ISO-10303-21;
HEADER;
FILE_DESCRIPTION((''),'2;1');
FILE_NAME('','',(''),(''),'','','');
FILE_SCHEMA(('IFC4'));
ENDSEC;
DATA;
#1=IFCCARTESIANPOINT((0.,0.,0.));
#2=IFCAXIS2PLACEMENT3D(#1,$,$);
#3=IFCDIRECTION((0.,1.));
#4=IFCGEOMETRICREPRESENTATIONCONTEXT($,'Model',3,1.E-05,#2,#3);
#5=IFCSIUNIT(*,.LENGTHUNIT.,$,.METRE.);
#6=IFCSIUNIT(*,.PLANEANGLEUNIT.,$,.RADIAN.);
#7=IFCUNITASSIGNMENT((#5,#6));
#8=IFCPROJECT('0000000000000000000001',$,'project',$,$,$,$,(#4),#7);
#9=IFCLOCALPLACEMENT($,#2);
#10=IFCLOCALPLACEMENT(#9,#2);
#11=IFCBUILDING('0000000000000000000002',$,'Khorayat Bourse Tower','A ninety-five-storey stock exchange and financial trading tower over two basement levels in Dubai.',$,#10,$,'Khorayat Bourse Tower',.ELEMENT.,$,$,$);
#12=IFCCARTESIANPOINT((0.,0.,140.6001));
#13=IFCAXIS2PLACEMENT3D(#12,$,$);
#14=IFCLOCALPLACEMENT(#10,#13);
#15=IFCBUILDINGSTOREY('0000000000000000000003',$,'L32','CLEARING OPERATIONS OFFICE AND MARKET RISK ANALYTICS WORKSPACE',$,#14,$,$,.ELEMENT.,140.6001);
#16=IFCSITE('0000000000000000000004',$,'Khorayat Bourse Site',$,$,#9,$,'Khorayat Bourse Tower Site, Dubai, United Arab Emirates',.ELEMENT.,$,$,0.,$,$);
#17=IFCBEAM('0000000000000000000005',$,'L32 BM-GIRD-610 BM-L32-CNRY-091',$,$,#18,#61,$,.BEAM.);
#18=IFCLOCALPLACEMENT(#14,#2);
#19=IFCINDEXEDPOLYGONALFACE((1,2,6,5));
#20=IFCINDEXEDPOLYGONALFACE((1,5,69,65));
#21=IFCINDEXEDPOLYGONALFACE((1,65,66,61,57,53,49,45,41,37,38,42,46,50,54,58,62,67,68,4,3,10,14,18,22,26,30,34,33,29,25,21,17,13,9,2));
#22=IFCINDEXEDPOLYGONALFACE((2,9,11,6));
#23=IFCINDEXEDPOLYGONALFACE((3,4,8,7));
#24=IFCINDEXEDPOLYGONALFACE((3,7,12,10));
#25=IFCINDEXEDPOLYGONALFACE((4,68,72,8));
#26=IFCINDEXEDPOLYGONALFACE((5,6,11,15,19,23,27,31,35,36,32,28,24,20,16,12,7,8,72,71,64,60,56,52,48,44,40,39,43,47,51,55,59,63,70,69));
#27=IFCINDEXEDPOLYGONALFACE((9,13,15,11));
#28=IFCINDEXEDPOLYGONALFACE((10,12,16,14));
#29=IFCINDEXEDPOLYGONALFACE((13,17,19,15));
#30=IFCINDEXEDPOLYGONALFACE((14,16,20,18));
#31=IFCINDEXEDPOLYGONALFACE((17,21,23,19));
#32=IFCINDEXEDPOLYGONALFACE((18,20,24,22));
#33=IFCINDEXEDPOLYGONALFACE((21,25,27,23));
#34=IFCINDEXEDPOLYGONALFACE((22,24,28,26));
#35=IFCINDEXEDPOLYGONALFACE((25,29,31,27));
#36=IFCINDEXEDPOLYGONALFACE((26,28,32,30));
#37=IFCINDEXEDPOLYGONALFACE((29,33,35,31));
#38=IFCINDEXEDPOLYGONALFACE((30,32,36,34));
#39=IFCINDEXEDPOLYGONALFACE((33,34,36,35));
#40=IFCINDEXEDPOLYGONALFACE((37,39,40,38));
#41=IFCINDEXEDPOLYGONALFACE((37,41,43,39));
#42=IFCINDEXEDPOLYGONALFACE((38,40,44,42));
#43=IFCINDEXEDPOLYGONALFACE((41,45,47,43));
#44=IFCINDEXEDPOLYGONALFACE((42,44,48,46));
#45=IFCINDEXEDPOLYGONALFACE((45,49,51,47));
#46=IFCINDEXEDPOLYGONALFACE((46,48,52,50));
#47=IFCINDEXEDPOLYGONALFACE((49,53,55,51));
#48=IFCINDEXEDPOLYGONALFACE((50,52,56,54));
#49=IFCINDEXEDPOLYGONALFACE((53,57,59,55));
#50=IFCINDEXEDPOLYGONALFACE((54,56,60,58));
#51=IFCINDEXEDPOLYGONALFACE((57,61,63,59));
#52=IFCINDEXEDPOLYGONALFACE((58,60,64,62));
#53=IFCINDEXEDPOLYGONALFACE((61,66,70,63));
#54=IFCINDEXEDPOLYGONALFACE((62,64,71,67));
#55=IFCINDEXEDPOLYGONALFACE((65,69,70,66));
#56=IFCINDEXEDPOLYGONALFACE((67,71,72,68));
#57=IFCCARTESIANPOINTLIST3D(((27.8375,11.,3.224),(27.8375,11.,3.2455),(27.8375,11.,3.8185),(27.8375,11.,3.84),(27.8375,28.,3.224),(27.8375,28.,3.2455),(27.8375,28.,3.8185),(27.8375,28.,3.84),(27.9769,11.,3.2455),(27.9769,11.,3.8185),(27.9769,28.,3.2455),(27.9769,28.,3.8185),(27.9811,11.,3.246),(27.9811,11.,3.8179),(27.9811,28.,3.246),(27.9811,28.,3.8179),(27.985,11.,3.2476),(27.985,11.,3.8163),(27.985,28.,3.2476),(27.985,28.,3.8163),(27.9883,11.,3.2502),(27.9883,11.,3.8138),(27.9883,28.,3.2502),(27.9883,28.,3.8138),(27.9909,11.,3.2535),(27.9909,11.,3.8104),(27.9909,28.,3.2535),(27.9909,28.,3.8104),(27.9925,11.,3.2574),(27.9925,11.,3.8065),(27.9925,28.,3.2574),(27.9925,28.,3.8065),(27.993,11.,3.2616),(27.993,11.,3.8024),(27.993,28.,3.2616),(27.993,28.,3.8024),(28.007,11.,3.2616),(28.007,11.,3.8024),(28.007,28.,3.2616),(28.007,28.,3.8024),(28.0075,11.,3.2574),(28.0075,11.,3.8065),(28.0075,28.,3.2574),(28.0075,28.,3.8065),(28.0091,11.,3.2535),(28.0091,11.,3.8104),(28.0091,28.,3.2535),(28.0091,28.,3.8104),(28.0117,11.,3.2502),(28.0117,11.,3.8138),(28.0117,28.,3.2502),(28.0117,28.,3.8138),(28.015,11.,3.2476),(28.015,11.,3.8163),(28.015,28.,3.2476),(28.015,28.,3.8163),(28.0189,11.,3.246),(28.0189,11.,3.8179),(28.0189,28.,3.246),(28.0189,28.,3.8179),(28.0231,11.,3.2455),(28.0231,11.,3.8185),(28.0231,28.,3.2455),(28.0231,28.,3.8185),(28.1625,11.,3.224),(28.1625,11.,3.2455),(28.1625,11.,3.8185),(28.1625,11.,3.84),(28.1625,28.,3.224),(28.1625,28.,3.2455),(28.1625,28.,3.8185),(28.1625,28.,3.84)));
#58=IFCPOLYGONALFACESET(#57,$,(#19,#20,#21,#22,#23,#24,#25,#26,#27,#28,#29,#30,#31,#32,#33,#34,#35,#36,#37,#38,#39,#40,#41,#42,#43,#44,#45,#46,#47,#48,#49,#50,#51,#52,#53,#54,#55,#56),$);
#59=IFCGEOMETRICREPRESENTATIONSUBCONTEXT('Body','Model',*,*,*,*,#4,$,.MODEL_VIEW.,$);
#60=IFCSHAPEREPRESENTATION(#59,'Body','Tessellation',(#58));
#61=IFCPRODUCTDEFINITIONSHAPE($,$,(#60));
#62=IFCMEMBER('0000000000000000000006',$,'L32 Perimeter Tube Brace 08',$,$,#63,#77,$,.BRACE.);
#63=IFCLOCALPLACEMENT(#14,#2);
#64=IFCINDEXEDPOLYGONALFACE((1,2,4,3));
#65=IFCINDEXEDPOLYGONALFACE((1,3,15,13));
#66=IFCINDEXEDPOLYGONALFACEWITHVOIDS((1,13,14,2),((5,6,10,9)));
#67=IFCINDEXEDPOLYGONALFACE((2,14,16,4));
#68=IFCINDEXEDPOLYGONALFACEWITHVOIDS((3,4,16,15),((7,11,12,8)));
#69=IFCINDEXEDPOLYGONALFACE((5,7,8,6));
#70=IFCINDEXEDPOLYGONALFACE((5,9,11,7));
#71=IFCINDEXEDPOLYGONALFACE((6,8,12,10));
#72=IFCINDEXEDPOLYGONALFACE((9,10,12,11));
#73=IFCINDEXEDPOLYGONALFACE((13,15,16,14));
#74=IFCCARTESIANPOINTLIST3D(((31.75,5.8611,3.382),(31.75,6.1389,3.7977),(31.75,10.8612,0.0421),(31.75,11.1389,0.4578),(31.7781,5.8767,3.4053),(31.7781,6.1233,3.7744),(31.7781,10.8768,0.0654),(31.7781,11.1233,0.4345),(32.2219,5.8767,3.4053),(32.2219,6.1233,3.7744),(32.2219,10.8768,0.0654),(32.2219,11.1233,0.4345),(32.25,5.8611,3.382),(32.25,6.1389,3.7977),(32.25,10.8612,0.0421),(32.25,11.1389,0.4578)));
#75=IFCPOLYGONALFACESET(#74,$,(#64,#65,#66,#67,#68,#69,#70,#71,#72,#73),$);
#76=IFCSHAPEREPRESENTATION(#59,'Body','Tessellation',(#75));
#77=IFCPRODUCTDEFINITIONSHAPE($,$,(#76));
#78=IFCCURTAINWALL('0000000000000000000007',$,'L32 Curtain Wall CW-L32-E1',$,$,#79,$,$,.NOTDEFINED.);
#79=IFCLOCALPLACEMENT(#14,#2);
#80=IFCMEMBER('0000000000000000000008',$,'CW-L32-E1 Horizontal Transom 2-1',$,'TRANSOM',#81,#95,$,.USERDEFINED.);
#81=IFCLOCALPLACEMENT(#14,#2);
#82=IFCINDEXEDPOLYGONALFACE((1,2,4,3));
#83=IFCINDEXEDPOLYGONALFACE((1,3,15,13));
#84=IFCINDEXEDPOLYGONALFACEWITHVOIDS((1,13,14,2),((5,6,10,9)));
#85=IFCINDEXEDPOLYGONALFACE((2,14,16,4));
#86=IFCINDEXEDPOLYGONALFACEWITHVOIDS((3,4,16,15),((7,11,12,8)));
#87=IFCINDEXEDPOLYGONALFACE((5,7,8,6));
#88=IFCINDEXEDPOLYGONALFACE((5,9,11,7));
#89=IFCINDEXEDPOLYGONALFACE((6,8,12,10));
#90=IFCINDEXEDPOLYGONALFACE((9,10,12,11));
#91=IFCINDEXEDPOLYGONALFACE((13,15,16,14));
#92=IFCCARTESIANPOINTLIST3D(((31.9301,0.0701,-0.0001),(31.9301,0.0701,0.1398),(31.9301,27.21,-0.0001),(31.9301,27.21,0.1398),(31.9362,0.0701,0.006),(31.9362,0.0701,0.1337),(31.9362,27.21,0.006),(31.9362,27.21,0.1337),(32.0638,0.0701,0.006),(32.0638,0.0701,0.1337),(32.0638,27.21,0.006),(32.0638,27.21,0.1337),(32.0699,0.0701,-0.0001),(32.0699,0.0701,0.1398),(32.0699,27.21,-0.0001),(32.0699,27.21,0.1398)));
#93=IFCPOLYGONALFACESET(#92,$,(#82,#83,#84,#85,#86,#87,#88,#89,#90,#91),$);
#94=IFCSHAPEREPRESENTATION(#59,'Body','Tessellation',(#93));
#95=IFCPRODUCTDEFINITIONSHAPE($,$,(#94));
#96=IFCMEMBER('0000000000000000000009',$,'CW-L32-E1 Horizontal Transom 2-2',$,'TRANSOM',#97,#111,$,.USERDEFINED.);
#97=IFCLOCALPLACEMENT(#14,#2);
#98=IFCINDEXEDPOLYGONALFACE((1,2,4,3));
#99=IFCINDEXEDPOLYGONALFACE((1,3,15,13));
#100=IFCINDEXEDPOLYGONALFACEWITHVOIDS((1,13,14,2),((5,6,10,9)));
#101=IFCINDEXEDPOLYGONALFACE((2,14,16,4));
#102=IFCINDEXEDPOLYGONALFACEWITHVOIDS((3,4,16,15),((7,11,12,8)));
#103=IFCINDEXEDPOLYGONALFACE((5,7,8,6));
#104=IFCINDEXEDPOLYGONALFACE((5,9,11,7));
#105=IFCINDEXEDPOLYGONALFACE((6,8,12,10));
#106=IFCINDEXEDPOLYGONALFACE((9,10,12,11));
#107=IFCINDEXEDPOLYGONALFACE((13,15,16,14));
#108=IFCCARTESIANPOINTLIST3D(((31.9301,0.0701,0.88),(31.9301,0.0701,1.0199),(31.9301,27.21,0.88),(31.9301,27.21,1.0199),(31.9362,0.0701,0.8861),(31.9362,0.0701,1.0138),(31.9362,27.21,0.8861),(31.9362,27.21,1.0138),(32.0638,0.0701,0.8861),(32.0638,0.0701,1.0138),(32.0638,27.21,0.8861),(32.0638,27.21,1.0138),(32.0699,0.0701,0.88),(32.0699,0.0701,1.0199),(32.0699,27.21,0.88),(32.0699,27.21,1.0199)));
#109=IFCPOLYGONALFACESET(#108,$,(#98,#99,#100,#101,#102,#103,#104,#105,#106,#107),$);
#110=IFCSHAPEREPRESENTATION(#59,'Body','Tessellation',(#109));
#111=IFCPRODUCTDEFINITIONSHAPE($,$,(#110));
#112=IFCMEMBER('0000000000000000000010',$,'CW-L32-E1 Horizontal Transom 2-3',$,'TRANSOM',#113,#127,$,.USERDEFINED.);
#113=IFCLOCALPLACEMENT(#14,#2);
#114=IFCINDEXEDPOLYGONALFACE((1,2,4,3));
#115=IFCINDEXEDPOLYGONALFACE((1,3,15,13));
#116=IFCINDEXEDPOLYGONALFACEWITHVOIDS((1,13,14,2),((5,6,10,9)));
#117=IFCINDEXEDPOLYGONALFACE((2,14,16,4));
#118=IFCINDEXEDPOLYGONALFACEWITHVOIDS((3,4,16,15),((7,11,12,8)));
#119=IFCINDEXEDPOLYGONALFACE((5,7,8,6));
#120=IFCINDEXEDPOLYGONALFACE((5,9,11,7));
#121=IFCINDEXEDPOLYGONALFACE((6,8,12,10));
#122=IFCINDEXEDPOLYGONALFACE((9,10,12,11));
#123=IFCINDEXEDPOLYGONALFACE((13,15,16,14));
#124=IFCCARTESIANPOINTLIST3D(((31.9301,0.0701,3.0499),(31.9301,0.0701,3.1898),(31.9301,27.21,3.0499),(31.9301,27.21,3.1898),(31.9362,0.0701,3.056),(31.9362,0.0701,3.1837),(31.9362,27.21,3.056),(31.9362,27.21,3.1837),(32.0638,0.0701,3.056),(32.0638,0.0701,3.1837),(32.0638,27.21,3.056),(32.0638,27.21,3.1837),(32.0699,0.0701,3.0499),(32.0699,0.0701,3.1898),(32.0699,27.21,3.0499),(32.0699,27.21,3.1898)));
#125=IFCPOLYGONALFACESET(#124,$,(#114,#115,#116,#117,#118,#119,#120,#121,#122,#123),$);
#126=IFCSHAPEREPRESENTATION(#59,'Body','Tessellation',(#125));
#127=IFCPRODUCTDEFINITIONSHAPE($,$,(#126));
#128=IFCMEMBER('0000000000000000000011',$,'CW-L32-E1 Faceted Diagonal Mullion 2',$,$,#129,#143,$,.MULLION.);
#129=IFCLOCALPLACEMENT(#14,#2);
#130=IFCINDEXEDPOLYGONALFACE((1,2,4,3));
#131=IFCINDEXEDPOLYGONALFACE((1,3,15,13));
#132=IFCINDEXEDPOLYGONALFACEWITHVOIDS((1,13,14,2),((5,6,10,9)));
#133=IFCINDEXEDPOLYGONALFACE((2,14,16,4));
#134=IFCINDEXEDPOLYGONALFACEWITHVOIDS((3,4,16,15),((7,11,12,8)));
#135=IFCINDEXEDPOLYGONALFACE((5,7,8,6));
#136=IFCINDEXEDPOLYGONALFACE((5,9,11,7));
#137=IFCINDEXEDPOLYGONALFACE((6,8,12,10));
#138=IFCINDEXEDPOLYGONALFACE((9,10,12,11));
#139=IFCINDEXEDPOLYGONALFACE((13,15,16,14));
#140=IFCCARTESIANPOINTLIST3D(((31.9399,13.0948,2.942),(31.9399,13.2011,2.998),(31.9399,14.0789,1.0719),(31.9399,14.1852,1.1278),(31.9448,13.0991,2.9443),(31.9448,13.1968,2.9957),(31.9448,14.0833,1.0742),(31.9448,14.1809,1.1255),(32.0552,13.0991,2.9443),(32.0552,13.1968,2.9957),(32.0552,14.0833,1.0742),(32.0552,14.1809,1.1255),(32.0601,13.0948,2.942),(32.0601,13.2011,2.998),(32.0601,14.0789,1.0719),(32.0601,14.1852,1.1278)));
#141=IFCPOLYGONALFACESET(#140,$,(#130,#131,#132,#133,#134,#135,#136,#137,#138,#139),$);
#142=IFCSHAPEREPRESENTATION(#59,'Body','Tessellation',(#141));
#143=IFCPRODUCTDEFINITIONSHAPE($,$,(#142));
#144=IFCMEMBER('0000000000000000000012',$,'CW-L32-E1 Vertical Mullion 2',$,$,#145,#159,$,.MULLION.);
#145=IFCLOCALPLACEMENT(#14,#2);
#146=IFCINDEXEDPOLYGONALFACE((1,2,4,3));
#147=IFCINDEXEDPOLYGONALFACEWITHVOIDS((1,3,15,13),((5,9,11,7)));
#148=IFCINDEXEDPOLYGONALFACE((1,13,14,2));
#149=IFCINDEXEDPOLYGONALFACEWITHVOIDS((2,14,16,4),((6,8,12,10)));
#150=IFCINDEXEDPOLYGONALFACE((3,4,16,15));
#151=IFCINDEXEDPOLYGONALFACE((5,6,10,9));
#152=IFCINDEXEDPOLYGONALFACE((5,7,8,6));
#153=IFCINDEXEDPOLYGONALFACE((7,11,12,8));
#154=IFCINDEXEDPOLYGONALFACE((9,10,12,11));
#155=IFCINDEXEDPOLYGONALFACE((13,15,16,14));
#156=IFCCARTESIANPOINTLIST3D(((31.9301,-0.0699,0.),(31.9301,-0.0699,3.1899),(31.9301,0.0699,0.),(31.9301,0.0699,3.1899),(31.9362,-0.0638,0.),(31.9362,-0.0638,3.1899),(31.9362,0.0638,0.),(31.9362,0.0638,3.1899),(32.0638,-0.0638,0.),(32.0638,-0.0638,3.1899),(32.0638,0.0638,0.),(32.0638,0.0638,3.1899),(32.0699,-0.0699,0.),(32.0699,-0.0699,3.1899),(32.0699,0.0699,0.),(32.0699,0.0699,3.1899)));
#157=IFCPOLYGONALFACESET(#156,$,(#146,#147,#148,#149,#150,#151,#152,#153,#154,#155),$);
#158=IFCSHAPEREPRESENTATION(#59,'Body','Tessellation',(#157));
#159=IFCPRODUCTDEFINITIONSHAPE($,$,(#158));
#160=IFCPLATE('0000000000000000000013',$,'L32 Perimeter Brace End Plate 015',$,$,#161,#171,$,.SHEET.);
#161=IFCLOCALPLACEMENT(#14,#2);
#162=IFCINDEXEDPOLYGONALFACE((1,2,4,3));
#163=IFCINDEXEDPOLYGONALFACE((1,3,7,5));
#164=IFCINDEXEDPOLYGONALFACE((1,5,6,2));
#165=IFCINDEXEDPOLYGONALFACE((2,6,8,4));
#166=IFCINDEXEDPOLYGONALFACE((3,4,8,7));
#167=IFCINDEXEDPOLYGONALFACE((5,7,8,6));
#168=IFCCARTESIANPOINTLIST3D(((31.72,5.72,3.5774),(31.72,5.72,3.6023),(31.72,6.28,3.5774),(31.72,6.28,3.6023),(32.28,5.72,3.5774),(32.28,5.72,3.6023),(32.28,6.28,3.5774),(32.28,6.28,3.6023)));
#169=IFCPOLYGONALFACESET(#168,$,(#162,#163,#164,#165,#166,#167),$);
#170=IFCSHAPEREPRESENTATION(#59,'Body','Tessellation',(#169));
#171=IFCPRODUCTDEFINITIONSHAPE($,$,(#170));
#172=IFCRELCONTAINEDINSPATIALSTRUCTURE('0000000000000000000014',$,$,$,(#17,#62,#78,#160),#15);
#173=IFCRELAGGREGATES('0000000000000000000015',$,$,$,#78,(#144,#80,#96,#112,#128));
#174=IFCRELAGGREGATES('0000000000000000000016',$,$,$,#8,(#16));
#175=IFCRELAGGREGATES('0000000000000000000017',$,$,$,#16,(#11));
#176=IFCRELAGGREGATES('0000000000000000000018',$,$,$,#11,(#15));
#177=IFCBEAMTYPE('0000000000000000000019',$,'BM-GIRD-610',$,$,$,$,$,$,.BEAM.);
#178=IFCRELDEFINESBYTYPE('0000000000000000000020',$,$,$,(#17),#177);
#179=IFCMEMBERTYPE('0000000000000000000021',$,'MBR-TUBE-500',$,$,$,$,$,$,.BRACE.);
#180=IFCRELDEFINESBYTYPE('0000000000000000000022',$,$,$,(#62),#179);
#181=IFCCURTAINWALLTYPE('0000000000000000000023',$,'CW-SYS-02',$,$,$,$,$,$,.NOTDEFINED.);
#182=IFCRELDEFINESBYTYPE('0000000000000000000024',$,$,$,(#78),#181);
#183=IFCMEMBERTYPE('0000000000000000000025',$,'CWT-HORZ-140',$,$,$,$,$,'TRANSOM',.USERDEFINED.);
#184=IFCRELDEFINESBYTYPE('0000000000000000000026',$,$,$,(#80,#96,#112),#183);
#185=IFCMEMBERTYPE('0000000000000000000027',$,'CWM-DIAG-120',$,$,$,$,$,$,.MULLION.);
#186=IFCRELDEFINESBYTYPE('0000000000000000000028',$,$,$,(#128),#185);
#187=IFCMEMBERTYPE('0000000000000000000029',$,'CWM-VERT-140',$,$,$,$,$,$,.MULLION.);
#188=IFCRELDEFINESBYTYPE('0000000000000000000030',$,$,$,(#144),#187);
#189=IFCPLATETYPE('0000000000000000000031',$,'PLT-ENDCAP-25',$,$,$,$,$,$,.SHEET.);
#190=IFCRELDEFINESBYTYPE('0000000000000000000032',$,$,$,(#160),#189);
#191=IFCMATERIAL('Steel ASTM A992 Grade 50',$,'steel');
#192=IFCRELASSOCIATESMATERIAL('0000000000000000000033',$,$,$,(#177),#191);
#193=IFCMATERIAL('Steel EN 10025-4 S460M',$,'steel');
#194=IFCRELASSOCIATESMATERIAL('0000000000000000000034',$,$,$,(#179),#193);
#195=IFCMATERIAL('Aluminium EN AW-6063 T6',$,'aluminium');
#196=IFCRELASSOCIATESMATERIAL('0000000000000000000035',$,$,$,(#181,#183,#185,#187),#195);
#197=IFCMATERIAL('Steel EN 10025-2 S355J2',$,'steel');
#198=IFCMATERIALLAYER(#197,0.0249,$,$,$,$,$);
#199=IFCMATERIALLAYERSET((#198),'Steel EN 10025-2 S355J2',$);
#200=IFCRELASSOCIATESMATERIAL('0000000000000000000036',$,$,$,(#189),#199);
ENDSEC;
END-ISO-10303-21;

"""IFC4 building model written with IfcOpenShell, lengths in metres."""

from ifc_helpers import new_model, si_unit, direction, frame, origin, origin_2d, place, context, subcontext, project, spatial, rectangle, hollow_rectangle, i_section, extrude, source, transform, mapped, material, layer, layer_set, material_profile, profile_set, type_object, element, aggregate, save


model = new_model("IFC4")

# Units and contexts
model_context = context("Model", 3, precision=1e-05, world=origin(), true_north=direction((0.0, 1.0)))
body_context = subcontext(model_context, "Body", "Model", "MODEL_VIEW")
ifc_project = project(units=[si_unit("LENGTHUNIT", "METRE"), si_unit("PLANEANGLEUNIT", "RADIAN")], contexts=[model_context])

# Site, building, storey
site_placement = place(None, origin())
site = spatial("IfcSite", under=ifc_project, at=site_placement, Name="Khorayat Bourse Site", LongName="Khorayat Bourse Tower Site, Dubai, United Arab Emirates", CompositionType="ELEMENT", RefElevation=0.0)
building_placement = place(site_placement, origin())
building = spatial("IfcBuilding", under=site, at=building_placement, Name="Khorayat Bourse Tower", Description="A ninety-five-storey stock exchange and financial trading tower over two basement levels in Dubai.", LongName="Khorayat Bourse Tower", CompositionType="ELEMENT")
storey_placement = place(building_placement, frame((0.0, 0.0, 140.6001)))
storey = spatial("IfcBuildingStorey", under=building, at=storey_placement, Name="L32", Description="CLEARING OPERATIONS OFFICE AND MARKET RISK ANALYTICS WORKSPACE", CompositionType="ELEMENT", Elevation=140.6001)

# Shared definitions
ifc_material_1 = material(Name="Steel EN 10025-4 S460M", Category="steel")

# Beam
ifc_material_2 = material(Name="Steel ASTM A992 Grade 50", Category="steel")
ifc_material_profile_1 = material_profile(ifc_material_2, i_section(OverallWidth=0.325, OverallDepth=0.616, WebThickness=0.0139, FlangeThickness=0.0215, FilletRadius=0.0161, at=origin_2d()), Name="W610X174")
ifc_profile_set_1 = profile_set([ifc_material_profile_1], Name="Steel ASTM A992 Grade 50")
beam_type_1 = type_object("IfcBeamType", Name="BM-GIRD-610", PredefinedType="BEAM", material=ifc_profile_set_1)
shared_shape_1 = source(origin(), body_context, "Body", "SweptSolid", [
    extrude(i_section(OverallWidth=0.325, OverallDepth=0.616, WebThickness=0.0139, FlangeThickness=0.0215, FilletRadius=0.0161, at=origin_2d()), origin(), (0.0, 0.0, 1.0), 17.0),
])
beam_1_placement = place(storey_placement, frame((28.0, 11.0, 3.532), z_axis=(0.0, 1.0, 0.0), x_axis=(-1.0, 0.0, 0.0)))
element("IfcBeam", 1, at=beam_1_placement, inside=storey, type_object=beam_type_1, Name="L32 BM-GIRD-610 BM-L32-CNRY-091", PredefinedType="BEAM", context=body_context, shape_type="MappedRepresentation", body=[
    mapped(shared_shape_1, transform((0.0, 0.0, 0.0), scale=1.0)),
])

# Member
ifc_material_profile_2 = material_profile(ifc_material_1, hollow_rectangle(XDim=0.5, YDim=0.5, WallThickness=0.0281, at=origin_2d()), Name="HSS 500x500x28")
ifc_profile_set_2 = profile_set([ifc_material_profile_2], Name="Steel EN 10025-4 S460M")
member_type_1 = type_object("IfcMemberType", Name="MBR-TUBE-500", PredefinedType="BRACE", material=ifc_profile_set_2)
shared_shape_2 = source(origin(), body_context, "Body", "SweptSolid", [
    extrude(hollow_rectangle(XDim=0.5, YDim=0.5, WallThickness=0.0281, at=origin_2d()), origin(), (0.0, 0.0, 1.0), 6.0129),
])
member_1_placement = place(storey_placement, frame((32.0, 6.0, 3.5898), z_axis=(0.0, 0.83155, -0.55545), x_axis=(-1.0, 0.0, 0.0)))
element("IfcMember", 2, at=member_1_placement, inside=storey, type_object=member_type_1, Name="L32 Perimeter Tube Brace 08", PredefinedType="BRACE", context=body_context, shape_type="MappedRepresentation", body=[
    mapped(shared_shape_2, transform((0.0, 0.0, 0.0), scale=1.0)),
])

# Curtain wall, members
ifc_material_3 = material(Name="Aluminium EN AW-6063 T6", Category="aluminium")
curtain_wall_type = type_object("IfcCurtainWallType", Name="CW-SYS-02", PredefinedType="NOTDEFINED", material=ifc_material_3)
curtain_wall_placement = place(storey_placement, origin())
curtain_wall = element("IfcCurtainWall", 3, at=curtain_wall_placement, inside=storey, type_object=curtain_wall_type, Name="L32 Curtain Wall CW-L32-E1", PredefinedType="NOTDEFINED")
ifc_material_profile_3 = material_profile(ifc_material_3, hollow_rectangle(XDim=0.1399, YDim=0.1399, WallThickness=0.0061, at=origin_2d()), Name="ALU 140x140x6")
ifc_profile_set_3 = profile_set([ifc_material_profile_3], Name="Aluminium EN AW-6063 T6")
member_type_2 = type_object("IfcMemberType", Name="CWT-HORZ-140", ElementType="TRANSOM", PredefinedType="USERDEFINED", material=ifc_profile_set_3)
shared_shape_3 = source(origin(), body_context, "Body", "SweptSolid", [
    extrude(hollow_rectangle(XDim=0.1399, YDim=0.1399, WallThickness=0.0061, at=origin_2d()), origin(), (0.0, 0.0, 1.0), 27.1399),
])
member_2_placement = place(storey_placement, frame((32.0, 0.0701, 0.0698), z_axis=(0.0, 1.0, 0.0), x_axis=(-1.0, 0.0, 0.0)))
member_2 = element("IfcMember", 4, at=member_2_placement, type_object=member_type_2, Name="CW-L32-E1 Horizontal Transom 2-1", ObjectType="TRANSOM", PredefinedType="USERDEFINED", context=body_context, shape_type="MappedRepresentation", body=[
    mapped(shared_shape_3, transform((0.0, 0.0, 0.0), scale=1.0)),
])
member_3_placement = place(storey_placement, frame((32.0, 0.0701, 0.95), z_axis=(0.0, 1.0, 0.0), x_axis=(-1.0, 0.0, 0.0)))
member_3 = element("IfcMember", 5, at=member_3_placement, type_object=member_type_2, Name="CW-L32-E1 Horizontal Transom 2-2", ObjectType="TRANSOM", PredefinedType="USERDEFINED", context=body_context, shape_type="MappedRepresentation", body=[
    mapped(shared_shape_3, transform((0.0, 0.0, 0.0), scale=1.0)),
])
member_4_placement = place(storey_placement, frame((32.0, 0.0701, 3.1199), z_axis=(0.0, 1.0, 0.0), x_axis=(-1.0, 0.0, 0.0)))
member_4 = element("IfcMember", 6, at=member_4_placement, type_object=member_type_2, Name="CW-L32-E1 Horizontal Transom 2-3", ObjectType="TRANSOM", PredefinedType="USERDEFINED", context=body_context, shape_type="MappedRepresentation", body=[
    mapped(shared_shape_3, transform((0.0, 0.0, 0.0), scale=1.0)),
])
ifc_material_profile_4 = material_profile(ifc_material_3, hollow_rectangle(XDim=0.1201, YDim=0.1201, WallThickness=0.0049, at=origin_2d()), Name="ALU 120x120x5")
ifc_profile_set_4 = profile_set([ifc_material_profile_4], Name="Aluminium EN AW-6063 T6")
member_type_3 = type_object("IfcMemberType", Name="CWM-DIAG-120", PredefinedType="MULLION", material=ifc_profile_set_4)
shared_shape_4 = source(origin(), body_context, "Body", "SweptSolid", [
    extrude(hollow_rectangle(XDim=0.1201, YDim=0.1201, WallThickness=0.0049, at=origin_2d()), origin(), (0.0, 0.0, 1.0), 2.1133),
])
member_5_placement = place(storey_placement, frame((32.0, 14.1321, 1.0999), z_axis=(0.0, -0.465694, 0.884946), x_axis=(1.0, 0.0, 0.0)))
member_5 = element("IfcMember", 7, at=member_5_placement, type_object=member_type_3, Name="CW-L32-E1 Faceted Diagonal Mullion 2", PredefinedType="MULLION", context=body_context, shape_type="MappedRepresentation", body=[
    mapped(shared_shape_4, transform((0.0, 0.0, 0.0), scale=1.0)),
])
ifc_material_profile_5 = material_profile(ifc_material_3, hollow_rectangle(XDim=0.1399, YDim=0.1399, WallThickness=0.0061, at=origin_2d()), Name="ALU 140x140x6")
ifc_profile_set_5 = profile_set([ifc_material_profile_5], Name="Aluminium EN AW-6063 T6")
member_type_4 = type_object("IfcMemberType", Name="CWM-VERT-140", PredefinedType="MULLION", material=ifc_profile_set_5)
shared_shape_5 = source(origin(), body_context, "Body", "SweptSolid", [
    extrude(hollow_rectangle(XDim=0.1399, YDim=0.1399, WallThickness=0.0061, at=origin_2d()), origin(), (0.0, 0.0, 1.0), 3.1899),
])
member_6_placement = place(storey_placement, frame((32.0, 0.0, 0.0), z_axis=(0.0, 0.0, 1.0), x_axis=(-1.0, 0.0, 0.0)))
member_6 = element("IfcMember", 8, at=member_6_placement, type_object=member_type_4, Name="CW-L32-E1 Vertical Mullion 2", PredefinedType="MULLION", context=body_context, shape_type="MappedRepresentation", body=[
    mapped(shared_shape_5, transform((0.0, 0.0, 0.0), scale=1.0)),
])

# Plate
ifc_material_4 = material(Name="Steel EN 10025-2 S355J2", Category="steel")
ifc_layer_1 = layer(ifc_material_4, 0.0249)
ifc_layer_set_1 = layer_set([ifc_layer_1], Name="Steel EN 10025-2 S355J2")
plate_type_1 = type_object("IfcPlateType", Name="PLT-ENDCAP-25", PredefinedType="SHEET", material=ifc_layer_set_1)
shared_shape_6 = source(origin(), body_context, "Body", "SweptSolid", [
    extrude(rectangle(XDim=0.5601, YDim=0.5601, at=origin_2d()), origin(), (0.0, 0.0, 1.0), 0.0249),
])
for number, where, z_axis, x_axis, name in (
    (9, (32.0, 6.0, 3.5774), (0.0, 0.0, 1.0), (1.0, 0.0, 0.0), "L32 Perimeter Brace End Plate 015"),
):
    element("IfcPlate", number, at=place(storey_placement, frame(where, z_axis=z_axis, x_axis=x_axis)), inside=storey, type_object=plate_type_1, Name=name, PredefinedType="SHEET", context=body_context, shape_type="MappedRepresentation", body=[
        mapped(shared_shape_6, transform((0.0, 0.0, 0.0), scale=1.0)),
    ])

aggregate(curtain_wall, [member_6, member_2, member_3, member_4, member_5])

save(model, "model.ifc")
